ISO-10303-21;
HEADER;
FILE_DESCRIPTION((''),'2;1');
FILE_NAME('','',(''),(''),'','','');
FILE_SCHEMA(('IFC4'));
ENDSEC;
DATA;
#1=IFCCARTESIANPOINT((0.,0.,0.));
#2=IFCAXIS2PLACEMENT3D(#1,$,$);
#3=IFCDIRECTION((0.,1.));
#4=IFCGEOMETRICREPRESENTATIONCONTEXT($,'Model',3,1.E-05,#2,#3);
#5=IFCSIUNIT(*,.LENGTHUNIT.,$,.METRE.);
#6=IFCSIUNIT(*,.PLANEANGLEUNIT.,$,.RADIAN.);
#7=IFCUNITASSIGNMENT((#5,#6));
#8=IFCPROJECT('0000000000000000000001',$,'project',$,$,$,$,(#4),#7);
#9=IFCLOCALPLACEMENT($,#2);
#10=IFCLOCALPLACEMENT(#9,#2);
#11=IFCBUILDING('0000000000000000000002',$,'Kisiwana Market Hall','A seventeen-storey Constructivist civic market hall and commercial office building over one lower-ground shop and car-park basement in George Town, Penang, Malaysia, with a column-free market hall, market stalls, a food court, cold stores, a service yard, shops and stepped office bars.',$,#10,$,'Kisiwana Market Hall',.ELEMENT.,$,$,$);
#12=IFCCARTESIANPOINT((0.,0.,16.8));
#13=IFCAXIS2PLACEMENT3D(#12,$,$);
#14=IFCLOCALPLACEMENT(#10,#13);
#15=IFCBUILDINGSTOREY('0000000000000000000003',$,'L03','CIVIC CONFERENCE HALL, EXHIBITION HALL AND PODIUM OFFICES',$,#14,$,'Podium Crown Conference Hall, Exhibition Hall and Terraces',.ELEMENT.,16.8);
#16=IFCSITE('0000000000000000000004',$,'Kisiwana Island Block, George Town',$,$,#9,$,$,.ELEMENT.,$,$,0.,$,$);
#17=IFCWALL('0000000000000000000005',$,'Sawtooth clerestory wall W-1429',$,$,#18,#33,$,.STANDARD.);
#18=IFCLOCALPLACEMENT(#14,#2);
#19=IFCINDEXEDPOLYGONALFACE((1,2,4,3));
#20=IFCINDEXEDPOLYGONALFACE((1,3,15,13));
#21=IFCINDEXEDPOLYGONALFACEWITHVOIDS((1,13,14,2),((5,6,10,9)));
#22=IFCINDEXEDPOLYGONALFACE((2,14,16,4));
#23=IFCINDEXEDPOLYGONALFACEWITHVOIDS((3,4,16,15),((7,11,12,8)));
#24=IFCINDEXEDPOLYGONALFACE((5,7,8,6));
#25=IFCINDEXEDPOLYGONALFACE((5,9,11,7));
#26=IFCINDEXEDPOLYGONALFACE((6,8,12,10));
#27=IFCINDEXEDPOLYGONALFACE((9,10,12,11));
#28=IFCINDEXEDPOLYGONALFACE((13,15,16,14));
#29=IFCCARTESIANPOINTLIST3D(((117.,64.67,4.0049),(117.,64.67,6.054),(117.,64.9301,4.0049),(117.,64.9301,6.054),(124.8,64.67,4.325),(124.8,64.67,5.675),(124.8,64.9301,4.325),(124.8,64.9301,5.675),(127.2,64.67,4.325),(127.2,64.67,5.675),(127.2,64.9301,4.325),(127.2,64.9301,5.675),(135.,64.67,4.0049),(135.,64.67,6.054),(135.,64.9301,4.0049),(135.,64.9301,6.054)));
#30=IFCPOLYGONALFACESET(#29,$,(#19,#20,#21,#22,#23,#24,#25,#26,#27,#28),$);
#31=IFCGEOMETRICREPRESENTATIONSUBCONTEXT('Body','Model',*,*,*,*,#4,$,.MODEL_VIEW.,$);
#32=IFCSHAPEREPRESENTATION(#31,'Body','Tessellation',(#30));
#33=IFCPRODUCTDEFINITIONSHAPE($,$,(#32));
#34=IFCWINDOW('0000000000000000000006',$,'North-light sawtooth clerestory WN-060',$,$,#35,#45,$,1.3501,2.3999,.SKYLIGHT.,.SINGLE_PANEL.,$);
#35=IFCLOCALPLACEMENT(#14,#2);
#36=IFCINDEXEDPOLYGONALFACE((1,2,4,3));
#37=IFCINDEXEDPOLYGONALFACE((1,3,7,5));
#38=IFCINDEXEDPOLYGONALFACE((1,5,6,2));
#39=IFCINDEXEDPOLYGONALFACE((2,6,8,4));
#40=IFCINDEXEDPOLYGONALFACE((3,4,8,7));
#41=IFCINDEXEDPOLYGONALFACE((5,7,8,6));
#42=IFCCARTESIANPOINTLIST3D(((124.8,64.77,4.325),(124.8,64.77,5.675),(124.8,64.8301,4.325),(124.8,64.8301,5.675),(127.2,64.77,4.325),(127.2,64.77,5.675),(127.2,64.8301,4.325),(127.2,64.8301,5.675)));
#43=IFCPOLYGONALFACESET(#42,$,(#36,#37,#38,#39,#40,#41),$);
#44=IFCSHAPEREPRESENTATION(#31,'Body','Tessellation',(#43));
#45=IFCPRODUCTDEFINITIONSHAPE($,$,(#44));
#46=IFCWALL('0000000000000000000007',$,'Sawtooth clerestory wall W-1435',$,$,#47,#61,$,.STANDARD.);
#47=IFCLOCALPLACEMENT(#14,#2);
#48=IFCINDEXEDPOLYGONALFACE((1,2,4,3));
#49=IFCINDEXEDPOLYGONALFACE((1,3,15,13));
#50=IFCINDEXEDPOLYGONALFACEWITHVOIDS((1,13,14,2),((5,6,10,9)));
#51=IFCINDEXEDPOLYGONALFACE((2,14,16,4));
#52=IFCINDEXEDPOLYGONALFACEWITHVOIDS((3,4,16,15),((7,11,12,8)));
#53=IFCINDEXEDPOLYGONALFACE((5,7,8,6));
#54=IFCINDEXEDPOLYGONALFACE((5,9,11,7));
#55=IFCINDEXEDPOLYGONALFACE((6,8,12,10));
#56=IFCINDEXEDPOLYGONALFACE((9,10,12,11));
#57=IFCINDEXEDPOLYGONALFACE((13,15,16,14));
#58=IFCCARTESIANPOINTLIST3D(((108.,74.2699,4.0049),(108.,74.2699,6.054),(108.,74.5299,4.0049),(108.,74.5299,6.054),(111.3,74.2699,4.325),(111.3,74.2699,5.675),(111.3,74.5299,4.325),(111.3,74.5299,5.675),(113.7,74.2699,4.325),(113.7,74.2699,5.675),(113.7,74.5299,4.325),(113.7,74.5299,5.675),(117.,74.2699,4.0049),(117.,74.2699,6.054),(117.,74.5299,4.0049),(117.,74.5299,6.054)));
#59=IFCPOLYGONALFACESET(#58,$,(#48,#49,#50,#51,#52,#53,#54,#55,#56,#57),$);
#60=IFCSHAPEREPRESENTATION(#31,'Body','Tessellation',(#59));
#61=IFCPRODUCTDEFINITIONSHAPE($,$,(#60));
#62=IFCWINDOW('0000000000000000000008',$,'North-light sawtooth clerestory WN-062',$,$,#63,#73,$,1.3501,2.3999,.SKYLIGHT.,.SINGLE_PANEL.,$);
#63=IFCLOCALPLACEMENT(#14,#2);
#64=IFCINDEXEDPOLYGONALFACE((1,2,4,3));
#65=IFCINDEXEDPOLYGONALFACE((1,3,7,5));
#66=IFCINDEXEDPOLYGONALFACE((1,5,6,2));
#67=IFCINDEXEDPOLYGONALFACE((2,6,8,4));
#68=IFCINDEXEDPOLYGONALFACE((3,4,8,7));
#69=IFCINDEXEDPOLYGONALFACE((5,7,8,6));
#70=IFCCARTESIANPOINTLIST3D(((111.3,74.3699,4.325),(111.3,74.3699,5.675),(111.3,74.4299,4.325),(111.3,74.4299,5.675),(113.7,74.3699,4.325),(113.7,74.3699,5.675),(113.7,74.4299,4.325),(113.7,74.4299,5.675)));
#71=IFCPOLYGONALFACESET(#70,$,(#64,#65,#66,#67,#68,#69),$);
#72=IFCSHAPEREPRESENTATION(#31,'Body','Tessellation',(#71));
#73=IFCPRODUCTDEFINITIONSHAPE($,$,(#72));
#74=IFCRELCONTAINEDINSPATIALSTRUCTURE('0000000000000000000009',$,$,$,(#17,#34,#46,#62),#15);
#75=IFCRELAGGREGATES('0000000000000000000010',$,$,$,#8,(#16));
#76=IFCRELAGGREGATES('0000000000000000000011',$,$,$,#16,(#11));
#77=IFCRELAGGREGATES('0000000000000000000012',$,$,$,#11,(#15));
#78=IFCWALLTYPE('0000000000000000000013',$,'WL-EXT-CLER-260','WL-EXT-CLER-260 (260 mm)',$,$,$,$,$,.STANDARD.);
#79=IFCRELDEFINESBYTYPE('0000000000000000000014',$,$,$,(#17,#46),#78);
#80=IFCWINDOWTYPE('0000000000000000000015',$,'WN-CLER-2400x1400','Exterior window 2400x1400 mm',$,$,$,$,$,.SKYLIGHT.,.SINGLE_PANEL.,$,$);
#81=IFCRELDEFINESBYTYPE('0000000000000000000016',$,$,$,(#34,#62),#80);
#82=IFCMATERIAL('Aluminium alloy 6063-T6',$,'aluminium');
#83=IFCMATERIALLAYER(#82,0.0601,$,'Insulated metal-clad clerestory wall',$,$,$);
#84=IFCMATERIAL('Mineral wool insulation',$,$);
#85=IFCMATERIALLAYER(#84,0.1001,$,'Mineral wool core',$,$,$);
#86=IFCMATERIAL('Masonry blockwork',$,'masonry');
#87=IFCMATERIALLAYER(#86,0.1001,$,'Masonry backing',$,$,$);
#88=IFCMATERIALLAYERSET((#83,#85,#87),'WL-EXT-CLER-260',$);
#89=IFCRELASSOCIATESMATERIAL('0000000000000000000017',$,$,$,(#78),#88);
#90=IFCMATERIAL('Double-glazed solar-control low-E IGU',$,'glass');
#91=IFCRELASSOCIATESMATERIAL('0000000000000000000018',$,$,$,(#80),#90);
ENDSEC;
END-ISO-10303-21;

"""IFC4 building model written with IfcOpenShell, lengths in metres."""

from ifc_helpers import new_model, si_unit, direction, frame, frame_2d, origin, place, context, subcontext, project, spatial, rectangle, extrude, material, layer, layer_set, type_object, element, fill, save


model = new_model("IFC4")

# Units and contexts
model_context = context("Model", 3, precision=1e-05, world=origin(), true_north=direction((0.0, 1.0)))
body_context = subcontext(model_context, "Body", "Model", "MODEL_VIEW")
ifc_project = project(units=[si_unit("LENGTHUNIT", "METRE"), si_unit("PLANEANGLEUNIT", "RADIAN")], contexts=[model_context])

# Site, building, storey
site_placement = place(None, origin())
site = spatial("IfcSite", under=ifc_project, at=site_placement, Name="Kisiwana Island Block, George Town", CompositionType="ELEMENT", RefElevation=0.0)
building_placement = place(site_placement, origin())
building = spatial("IfcBuilding", under=site, at=building_placement, Name="Kisiwana Market Hall", Description="A seventeen-storey Constructivist civic market hall and commercial office building over one lower-ground shop and car-park basement in George Town, Penang, Malaysia, with a column-free market hall, market stalls, a food court, cold stores, a service yard, shops and stepped office bars.", LongName="Kisiwana Market Hall", CompositionType="ELEMENT")
storey_placement = place(building_placement, frame((0.0, 0.0, 16.8)))
storey = spatial("IfcBuildingStorey", under=building, at=storey_placement, Name="L03", Description="CIVIC CONFERENCE HALL, EXHIBITION HALL AND PODIUM OFFICES", LongName="Podium Crown Conference Hall, Exhibition Hall and Terraces", CompositionType="ELEMENT", Elevation=16.8)

# Walls, openings, windows
ifc_material_1 = material(Name="Aluminium alloy 6063-T6", Category="aluminium")
ifc_layer_1 = layer(ifc_material_1, 0.0601, Name="Insulated metal-clad clerestory wall")
ifc_material_2 = material(Name="Mineral wool insulation")
ifc_layer_2 = layer(ifc_material_2, 0.1001, Name="Mineral wool core")
ifc_material_3 = material(Name="Masonry blockwork", Category="masonry")
ifc_layer_3 = layer(ifc_material_3, 0.1001, Name="Masonry backing")
ifc_layer_set_1 = layer_set([ifc_layer_1, ifc_layer_2, ifc_layer_3], Name="WL-EXT-CLER-260")
wall_type = type_object("IfcWallType", Name="WL-EXT-CLER-260", Description="WL-EXT-CLER-260 (260 mm)", PredefinedType="STANDARD", material=ifc_layer_set_1)
wall_1_placement = place(storey_placement, frame((117.0, 64.8, 4.0049), z_axis=(0.0, 0.0, 1.0), x_axis=(1.0, 0.0, 0.0)))
wall_1 = element("IfcWall", 1, at=wall_1_placement, inside=storey, type_object=wall_type, Name="Sawtooth clerestory wall W-1429", PredefinedType="STANDARD", context=body_context, shape_type="SweptSolid", body=[
    extrude(rectangle(XDim=18.0, YDim=0.26, at=frame_2d((9.0, 0.0))), origin(), (0.0, 0.0, 1.0), 2.0491),
])
opening_1_placement = place(wall_1_placement, frame((7.8, 0.0, 0.3201)))
opening_1 = element("IfcOpeningElement", 2, at=opening_1_placement, cuts=wall_1, PredefinedType="OPENING", context=body_context, shape_type="SweptSolid", body=[
    extrude(rectangle(XDim=2.3999, YDim=1.3501, at=frame_2d((1.2, 0.675))), frame((0.0, 0.1421, 0.0), z_axis=(0.0, -1.0, 0.0), x_axis=(1.0, 0.0, 0.0)), (0.0, 0.0, 1.0), 0.2839),
])
ifc_material_4 = material(Name="Double-glazed solar-control low-E IGU", Category="glass")
window_type = type_object("IfcWindowType", Name="WN-CLER-2400x1400", Description="Exterior window 2400x1400 mm", PartitioningType="SINGLE_PANEL", PredefinedType="SKYLIGHT", material=ifc_material_4)
window_1_placement = place(opening_1_placement, origin())
window_1 = element("IfcWindow", 3, at=window_1_placement, inside=storey, type_object=window_type, Name="North-light sawtooth clerestory WN-060", OverallHeight=1.3501, OverallWidth=2.3999, PartitioningType="SINGLE_PANEL", PredefinedType="SKYLIGHT", context=body_context, shape_type="SweptSolid", body=[
    extrude(rectangle(XDim=2.3999, YDim=1.3501, at=frame_2d((1.2, 0.675))), frame((0.0, 0.03, 0.0), z_axis=(0.0, -1.0, 0.0), x_axis=(1.0, 0.0, 0.0)), (0.0, 0.0, 1.0), 0.0601),
])
fill(opening_1, window_1)
wall_2_placement = place(storey_placement, frame((108.0, 74.3999, 4.0049), z_axis=(0.0, 0.0, 1.0), x_axis=(1.0, 0.0, 0.0)))
wall_2 = element("IfcWall", 4, at=wall_2_placement, inside=storey, type_object=wall_type, Name="Sawtooth clerestory wall W-1435", PredefinedType="STANDARD", context=body_context, shape_type="SweptSolid", body=[
    extrude(rectangle(XDim=9.0, YDim=0.26, at=frame_2d((4.5, 0.0))), origin(), (0.0, 0.0, 1.0), 2.0491),
])
opening_2_placement = place(wall_2_placement, frame((3.3, 0.0, 0.3201)))
opening_2 = element("IfcOpeningElement", 5, at=opening_2_placement, cuts=wall_2, PredefinedType="OPENING", context=body_context, shape_type="SweptSolid", body=[
    extrude(rectangle(XDim=2.3999, YDim=1.3501, at=frame_2d((1.2, 0.675))), frame((0.0, 0.1421, 0.0), z_axis=(0.0, -1.0, 0.0), x_axis=(1.0, 0.0, 0.0)), (0.0, 0.0, 1.0), 0.2839),
])
window_2_placement = place(opening_2_placement, origin())
window_2 = element("IfcWindow", 6, at=window_2_placement, inside=storey, type_object=window_type, Name="North-light sawtooth clerestory WN-062", OverallHeight=1.3501, OverallWidth=2.3999, PartitioningType="SINGLE_PANEL", PredefinedType="SKYLIGHT", context=body_context, shape_type="SweptSolid", body=[
    extrude(rectangle(XDim=2.3999, YDim=1.3501, at=frame_2d((1.2, 0.675))), frame((0.0, 0.03, 0.0), z_axis=(0.0, -1.0, 0.0), x_axis=(1.0, 0.0, 0.0)), (0.0, 0.0, 1.0), 0.0601),
])
fill(opening_2, window_2)

save(model, "model.ifc")
